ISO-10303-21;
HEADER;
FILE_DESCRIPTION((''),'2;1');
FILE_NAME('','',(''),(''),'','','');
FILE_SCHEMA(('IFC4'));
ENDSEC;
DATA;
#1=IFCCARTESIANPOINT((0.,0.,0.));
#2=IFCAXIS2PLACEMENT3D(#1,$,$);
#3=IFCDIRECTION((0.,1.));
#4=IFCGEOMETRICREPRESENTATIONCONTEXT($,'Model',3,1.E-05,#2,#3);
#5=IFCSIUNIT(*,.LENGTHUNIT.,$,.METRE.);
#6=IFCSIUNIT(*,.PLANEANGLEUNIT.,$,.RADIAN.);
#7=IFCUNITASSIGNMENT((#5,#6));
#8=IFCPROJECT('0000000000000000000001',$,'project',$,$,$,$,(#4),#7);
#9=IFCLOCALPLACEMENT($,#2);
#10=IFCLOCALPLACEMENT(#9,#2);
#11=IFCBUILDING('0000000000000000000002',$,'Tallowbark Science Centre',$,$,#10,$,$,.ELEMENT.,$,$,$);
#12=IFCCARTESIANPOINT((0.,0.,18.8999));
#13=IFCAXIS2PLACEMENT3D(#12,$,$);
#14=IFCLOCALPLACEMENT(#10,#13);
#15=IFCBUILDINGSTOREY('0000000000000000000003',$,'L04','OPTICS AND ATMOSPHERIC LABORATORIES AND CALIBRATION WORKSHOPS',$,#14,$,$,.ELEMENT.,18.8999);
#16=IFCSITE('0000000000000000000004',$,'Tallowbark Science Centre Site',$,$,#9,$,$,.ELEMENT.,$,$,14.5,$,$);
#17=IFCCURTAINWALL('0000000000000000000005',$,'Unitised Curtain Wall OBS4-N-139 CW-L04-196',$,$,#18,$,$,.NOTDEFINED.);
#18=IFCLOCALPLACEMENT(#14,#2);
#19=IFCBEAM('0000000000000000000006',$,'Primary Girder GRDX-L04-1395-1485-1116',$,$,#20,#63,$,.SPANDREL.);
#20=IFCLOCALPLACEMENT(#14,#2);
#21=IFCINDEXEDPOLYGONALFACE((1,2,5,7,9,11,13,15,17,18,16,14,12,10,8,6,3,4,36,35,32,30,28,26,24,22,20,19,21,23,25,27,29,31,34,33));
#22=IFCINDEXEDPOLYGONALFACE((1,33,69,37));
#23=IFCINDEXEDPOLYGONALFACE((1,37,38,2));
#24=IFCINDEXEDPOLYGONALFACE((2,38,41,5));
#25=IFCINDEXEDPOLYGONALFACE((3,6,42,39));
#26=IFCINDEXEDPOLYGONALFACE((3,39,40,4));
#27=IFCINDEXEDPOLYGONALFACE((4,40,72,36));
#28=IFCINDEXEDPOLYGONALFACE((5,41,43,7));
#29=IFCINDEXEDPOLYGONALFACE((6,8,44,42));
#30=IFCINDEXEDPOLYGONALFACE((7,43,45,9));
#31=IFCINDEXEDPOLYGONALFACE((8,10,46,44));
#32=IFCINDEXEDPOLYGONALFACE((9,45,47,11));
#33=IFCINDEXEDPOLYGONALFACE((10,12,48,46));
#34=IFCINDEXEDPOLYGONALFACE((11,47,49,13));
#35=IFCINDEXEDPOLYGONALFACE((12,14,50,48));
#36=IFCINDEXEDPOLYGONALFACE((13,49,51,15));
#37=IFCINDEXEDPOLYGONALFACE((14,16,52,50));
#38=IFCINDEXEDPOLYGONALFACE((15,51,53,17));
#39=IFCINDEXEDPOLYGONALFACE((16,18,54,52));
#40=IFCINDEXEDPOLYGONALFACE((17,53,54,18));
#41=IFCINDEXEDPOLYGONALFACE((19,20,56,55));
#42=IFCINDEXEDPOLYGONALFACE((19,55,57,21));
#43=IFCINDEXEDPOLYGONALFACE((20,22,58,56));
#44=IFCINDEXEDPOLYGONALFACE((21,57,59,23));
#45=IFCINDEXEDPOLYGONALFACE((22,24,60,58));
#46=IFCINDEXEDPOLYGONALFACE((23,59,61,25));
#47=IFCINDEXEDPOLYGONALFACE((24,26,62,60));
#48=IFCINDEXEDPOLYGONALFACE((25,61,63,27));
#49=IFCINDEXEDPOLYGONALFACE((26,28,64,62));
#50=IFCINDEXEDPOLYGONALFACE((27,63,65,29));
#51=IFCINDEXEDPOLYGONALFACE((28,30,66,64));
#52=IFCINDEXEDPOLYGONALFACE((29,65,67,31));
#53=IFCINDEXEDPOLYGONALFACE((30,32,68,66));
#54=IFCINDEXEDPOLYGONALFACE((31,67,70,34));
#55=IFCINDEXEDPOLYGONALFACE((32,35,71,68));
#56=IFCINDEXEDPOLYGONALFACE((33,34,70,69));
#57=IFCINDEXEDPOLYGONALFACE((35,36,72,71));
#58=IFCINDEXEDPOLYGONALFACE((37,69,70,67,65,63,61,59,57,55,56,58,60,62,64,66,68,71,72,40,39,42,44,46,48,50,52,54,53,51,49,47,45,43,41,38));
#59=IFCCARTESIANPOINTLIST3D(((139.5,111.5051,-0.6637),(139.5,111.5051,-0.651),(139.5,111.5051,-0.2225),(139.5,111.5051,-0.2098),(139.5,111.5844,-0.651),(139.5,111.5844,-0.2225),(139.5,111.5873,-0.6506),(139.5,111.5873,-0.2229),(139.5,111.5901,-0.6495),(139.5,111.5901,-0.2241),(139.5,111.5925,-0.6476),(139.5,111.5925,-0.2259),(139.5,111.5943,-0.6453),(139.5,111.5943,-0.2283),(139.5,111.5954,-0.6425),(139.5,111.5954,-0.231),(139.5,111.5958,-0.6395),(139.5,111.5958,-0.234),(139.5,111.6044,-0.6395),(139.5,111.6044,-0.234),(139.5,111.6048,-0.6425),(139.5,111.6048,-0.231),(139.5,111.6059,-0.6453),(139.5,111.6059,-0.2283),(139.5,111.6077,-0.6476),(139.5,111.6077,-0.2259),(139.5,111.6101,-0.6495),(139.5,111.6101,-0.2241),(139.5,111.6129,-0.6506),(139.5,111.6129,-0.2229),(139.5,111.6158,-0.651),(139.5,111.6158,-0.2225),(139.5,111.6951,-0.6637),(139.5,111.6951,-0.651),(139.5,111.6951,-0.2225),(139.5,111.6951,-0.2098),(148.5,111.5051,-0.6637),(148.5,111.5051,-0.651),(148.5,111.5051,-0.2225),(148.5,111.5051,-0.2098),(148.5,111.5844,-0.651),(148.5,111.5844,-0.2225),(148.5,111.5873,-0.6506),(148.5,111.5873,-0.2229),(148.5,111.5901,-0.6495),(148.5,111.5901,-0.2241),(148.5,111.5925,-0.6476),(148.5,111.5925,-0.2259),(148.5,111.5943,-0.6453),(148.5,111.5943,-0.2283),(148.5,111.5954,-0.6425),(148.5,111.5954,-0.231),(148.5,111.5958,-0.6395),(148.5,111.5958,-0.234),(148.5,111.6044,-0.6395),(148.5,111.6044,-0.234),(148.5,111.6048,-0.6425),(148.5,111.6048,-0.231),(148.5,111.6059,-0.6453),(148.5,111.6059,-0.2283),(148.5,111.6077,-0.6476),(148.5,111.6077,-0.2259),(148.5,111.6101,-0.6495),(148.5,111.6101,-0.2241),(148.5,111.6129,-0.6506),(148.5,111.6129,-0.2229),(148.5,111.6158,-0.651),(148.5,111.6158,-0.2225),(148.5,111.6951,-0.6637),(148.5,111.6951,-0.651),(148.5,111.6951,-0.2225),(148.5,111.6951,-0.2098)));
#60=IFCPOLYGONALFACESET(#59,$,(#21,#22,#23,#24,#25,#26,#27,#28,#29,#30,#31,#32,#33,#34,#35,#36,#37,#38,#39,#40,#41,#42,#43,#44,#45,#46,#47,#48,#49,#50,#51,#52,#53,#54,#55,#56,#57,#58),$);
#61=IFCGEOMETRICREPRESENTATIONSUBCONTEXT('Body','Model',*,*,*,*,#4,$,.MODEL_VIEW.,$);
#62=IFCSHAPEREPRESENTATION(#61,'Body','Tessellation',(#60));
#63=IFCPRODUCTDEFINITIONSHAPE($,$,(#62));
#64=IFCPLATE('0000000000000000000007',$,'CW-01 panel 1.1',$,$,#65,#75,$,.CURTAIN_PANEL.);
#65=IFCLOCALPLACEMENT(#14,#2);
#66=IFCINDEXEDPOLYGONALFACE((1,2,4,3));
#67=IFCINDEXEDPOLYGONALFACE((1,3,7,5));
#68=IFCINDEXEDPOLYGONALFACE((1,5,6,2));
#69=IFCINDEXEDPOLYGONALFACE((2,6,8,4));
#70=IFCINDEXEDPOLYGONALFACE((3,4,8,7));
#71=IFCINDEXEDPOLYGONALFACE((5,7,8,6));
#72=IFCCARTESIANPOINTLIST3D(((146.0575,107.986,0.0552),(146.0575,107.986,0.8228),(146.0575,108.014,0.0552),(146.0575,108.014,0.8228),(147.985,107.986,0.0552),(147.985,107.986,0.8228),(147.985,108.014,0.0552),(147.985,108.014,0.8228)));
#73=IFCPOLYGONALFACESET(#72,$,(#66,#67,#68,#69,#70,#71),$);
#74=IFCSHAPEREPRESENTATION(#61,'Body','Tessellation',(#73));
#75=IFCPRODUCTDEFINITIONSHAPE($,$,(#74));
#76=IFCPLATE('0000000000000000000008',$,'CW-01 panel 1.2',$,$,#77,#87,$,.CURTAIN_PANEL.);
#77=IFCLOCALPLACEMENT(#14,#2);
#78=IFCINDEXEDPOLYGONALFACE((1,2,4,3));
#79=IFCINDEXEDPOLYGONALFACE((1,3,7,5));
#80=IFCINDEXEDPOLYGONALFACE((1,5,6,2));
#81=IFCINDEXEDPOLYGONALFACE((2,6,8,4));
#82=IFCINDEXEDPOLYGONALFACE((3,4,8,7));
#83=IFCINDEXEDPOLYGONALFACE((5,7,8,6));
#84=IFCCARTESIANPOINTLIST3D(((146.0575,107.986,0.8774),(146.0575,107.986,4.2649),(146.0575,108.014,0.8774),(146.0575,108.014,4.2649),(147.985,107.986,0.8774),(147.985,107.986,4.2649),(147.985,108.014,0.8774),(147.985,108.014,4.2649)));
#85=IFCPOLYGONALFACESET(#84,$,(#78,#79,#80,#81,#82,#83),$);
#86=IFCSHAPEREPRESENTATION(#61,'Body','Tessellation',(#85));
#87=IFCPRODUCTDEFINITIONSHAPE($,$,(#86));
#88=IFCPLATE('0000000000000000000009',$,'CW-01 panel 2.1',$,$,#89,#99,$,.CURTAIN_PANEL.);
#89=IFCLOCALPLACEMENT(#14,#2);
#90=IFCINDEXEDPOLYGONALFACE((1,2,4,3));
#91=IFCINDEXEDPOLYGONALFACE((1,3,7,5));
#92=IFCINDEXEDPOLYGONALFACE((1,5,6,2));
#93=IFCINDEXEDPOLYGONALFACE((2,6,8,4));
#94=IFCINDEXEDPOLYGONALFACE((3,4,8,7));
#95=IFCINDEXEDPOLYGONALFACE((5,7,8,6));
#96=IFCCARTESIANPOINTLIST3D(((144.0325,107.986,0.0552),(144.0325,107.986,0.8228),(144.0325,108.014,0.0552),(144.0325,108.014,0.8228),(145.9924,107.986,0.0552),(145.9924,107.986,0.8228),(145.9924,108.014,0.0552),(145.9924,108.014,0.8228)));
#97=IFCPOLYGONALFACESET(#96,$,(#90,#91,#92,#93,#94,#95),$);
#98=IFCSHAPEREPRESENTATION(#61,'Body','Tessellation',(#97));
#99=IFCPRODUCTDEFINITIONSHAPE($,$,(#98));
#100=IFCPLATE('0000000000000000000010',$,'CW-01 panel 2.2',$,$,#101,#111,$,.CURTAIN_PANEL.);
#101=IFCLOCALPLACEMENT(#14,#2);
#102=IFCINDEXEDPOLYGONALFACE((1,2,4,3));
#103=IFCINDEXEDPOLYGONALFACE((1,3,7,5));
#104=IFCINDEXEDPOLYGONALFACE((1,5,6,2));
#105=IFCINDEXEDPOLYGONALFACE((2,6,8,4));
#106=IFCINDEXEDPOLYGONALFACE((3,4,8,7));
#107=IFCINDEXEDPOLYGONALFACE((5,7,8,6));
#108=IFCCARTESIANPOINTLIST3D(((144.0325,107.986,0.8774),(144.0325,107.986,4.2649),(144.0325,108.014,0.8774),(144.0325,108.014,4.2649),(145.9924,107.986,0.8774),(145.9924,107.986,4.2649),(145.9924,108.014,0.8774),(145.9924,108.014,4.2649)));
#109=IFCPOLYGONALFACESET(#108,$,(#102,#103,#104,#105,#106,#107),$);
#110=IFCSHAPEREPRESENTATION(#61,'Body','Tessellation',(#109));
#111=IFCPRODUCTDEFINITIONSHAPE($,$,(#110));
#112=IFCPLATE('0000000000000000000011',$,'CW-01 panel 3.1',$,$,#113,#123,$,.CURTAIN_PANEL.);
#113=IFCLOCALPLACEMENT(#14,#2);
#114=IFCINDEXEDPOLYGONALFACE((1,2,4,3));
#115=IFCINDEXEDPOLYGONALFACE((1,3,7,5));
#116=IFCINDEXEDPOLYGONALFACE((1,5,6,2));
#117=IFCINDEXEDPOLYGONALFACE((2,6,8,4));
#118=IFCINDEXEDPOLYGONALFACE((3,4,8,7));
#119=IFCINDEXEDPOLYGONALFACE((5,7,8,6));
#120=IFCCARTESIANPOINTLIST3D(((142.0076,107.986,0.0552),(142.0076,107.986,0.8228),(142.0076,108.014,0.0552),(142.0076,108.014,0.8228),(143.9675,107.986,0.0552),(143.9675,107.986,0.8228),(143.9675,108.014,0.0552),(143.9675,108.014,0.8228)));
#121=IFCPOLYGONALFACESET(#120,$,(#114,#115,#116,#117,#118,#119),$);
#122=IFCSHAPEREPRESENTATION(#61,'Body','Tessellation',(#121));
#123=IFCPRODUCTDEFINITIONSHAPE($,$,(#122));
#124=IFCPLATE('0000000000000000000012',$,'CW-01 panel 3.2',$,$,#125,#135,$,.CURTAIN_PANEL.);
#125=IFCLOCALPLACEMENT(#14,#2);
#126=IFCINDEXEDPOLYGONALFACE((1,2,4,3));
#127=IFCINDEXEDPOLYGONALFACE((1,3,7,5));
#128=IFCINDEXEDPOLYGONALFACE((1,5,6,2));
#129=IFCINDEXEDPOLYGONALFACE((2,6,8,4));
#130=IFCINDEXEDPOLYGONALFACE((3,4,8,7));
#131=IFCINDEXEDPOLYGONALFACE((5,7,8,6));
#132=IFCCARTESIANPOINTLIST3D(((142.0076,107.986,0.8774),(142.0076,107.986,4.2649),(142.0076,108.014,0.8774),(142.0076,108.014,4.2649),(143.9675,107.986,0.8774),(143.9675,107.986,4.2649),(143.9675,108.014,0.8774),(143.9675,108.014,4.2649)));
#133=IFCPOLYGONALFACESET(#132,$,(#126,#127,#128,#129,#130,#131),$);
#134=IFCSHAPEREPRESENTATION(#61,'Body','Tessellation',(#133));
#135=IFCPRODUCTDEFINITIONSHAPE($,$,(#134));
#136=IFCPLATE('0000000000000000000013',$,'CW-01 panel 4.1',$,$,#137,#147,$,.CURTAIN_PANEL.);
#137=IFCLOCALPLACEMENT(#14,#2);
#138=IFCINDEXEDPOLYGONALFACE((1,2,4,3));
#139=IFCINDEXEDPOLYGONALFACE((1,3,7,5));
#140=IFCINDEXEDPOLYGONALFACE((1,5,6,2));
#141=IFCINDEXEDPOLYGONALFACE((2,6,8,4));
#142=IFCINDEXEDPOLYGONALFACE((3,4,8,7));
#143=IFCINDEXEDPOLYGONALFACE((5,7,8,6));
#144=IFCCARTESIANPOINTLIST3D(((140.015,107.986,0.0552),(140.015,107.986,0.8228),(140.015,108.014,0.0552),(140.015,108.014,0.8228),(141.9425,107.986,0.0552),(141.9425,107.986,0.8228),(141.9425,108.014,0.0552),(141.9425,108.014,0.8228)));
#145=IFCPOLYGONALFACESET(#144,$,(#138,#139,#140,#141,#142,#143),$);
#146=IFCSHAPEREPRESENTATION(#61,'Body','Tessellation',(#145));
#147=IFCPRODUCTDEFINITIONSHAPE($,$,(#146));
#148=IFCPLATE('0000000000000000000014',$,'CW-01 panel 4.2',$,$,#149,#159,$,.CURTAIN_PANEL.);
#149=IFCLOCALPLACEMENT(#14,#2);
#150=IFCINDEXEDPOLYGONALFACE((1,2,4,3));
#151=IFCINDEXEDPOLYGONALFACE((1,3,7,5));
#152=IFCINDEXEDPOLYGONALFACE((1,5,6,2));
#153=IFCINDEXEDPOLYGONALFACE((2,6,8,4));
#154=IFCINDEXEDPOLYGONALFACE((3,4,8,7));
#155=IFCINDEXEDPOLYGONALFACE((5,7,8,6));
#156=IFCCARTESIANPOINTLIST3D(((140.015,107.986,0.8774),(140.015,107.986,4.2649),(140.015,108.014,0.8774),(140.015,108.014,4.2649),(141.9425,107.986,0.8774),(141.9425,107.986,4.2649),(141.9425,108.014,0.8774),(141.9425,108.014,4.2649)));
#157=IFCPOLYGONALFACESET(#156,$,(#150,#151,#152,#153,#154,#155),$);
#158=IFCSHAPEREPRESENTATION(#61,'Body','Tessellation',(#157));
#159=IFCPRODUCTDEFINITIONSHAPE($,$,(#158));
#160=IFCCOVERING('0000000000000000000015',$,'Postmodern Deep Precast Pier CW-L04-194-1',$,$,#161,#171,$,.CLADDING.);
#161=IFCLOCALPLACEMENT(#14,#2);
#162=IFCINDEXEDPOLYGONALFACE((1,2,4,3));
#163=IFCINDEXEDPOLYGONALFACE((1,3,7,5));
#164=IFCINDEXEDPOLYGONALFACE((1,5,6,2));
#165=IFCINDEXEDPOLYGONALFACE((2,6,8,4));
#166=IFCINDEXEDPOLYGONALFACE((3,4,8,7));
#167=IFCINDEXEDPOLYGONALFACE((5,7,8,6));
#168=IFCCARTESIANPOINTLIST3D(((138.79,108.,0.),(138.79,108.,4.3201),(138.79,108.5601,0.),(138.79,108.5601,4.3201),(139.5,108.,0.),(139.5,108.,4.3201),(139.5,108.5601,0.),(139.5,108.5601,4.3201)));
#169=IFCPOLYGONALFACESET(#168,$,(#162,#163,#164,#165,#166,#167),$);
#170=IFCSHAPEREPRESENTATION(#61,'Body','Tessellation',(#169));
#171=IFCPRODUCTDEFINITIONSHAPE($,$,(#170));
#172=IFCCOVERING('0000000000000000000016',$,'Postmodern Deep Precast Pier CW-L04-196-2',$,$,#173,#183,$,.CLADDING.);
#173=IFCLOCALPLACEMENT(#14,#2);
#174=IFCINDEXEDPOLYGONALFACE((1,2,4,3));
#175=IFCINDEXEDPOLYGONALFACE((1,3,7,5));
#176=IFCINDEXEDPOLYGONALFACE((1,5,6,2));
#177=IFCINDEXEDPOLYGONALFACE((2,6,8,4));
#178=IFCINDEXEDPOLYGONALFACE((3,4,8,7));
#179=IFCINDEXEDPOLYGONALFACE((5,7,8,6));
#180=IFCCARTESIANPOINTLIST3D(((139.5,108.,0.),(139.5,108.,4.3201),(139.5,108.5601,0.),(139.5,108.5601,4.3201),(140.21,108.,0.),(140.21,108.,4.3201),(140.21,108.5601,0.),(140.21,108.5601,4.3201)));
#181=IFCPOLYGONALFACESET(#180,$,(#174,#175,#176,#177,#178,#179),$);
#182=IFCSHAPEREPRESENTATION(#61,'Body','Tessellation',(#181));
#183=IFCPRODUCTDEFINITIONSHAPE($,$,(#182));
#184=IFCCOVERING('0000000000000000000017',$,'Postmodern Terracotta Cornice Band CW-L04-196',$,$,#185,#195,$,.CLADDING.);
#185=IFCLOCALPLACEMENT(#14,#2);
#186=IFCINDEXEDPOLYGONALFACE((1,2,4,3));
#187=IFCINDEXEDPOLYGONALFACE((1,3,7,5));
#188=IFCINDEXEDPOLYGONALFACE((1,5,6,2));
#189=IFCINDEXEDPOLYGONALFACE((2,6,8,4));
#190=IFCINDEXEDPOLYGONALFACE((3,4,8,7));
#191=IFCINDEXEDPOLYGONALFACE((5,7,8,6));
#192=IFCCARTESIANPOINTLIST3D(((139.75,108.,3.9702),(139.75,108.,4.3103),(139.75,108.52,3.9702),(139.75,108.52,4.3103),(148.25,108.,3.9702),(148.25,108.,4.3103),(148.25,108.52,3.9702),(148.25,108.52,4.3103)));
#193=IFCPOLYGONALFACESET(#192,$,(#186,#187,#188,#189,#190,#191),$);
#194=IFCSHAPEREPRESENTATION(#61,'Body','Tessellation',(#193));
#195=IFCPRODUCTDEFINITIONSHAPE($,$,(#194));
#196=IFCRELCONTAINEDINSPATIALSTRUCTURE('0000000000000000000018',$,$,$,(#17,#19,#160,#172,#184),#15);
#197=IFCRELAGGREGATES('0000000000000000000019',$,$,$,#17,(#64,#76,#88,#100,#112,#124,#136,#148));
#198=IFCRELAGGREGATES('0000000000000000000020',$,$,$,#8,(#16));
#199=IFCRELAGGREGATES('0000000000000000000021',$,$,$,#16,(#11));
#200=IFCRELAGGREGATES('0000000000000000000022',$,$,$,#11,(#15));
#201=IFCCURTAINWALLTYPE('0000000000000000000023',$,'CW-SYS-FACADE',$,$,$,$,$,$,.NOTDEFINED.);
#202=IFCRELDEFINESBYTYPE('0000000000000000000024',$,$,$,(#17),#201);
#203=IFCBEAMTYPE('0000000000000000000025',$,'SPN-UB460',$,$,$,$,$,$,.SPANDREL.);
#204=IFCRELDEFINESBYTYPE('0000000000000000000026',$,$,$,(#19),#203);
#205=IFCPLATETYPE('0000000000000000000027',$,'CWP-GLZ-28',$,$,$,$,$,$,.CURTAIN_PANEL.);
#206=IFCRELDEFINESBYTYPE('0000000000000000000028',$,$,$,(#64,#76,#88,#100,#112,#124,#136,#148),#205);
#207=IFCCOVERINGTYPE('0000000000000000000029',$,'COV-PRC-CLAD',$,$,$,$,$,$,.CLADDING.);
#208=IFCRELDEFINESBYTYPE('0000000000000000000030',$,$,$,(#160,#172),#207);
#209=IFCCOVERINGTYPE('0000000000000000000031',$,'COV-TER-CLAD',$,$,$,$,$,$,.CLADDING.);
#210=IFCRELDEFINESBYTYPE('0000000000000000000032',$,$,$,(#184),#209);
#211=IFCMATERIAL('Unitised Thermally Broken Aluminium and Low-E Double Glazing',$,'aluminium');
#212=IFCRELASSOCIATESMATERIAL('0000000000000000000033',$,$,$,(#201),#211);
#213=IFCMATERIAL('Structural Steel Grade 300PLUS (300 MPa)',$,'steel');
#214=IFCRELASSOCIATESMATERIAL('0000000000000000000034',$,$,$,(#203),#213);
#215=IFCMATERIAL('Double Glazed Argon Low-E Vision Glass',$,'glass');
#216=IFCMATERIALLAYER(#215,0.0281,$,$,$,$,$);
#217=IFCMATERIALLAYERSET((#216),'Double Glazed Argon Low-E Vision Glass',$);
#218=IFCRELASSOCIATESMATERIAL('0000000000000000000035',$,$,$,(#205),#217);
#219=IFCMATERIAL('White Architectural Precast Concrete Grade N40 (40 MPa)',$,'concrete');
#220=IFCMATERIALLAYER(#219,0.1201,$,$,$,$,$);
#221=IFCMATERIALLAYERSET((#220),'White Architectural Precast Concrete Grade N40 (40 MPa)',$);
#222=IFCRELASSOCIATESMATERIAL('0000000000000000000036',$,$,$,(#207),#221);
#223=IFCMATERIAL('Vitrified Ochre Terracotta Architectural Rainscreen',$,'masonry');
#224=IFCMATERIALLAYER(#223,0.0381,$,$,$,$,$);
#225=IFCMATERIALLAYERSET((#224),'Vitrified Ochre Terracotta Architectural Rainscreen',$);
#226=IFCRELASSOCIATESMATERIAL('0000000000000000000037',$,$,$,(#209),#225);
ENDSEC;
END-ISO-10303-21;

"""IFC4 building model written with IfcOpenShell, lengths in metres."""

from ifc_helpers import new_model, si_unit, direction, frame, origin, origin_2d, place, context, subcontext, project, spatial, rectangle, i_section, extrude, material, layer, layer_set, material_profile, profile_set, type_object, element, aggregate, save


model = new_model("IFC4")

# Units and contexts
model_context = context("Model", 3, precision=1e-05, world=origin(), true_north=direction((0.0, 1.0)))
body_context = subcontext(model_context, "Body", "Model", "MODEL_VIEW")
ifc_project = project(units=[si_unit("LENGTHUNIT", "METRE"), si_unit("PLANEANGLEUNIT", "RADIAN")], contexts=[model_context])

# Site, building, storey
site_placement = place(None, origin())
site = spatial("IfcSite", under=ifc_project, at=site_placement, Name="Tallowbark Science Centre Site", CompositionType="ELEMENT", RefElevation=14.5)
building_placement = place(site_placement, origin())
building = spatial("IfcBuilding", under=site, at=building_placement, Name="Tallowbark Science Centre", CompositionType="ELEMENT")
storey_placement = place(building_placement, frame((0.0, 0.0, 18.8999)))
storey = spatial("IfcBuildingStorey", under=building, at=storey_placement, Name="L04", Description="OPTICS AND ATMOSPHERIC LABORATORIES AND CALIBRATION WORKSHOPS", CompositionType="ELEMENT", Elevation=18.8999)

# Curtain wall
ifc_material_1 = material(Name="Unitised Thermally Broken Aluminium and Low-E Double Glazing", Category="aluminium")
curtain_wall_type = type_object("IfcCurtainWallType", Name="CW-SYS-FACADE", PredefinedType="NOTDEFINED", material=ifc_material_1)
curtain_wall_placement = place(storey_placement, origin())
curtain_wall = element("IfcCurtainWall", 1, at=curtain_wall_placement, inside=storey, type_object=curtain_wall_type, Name="Unitised Curtain Wall OBS4-N-139 CW-L04-196", PredefinedType="NOTDEFINED")

# Beam
ifc_material_2 = material(Name="Structural Steel Grade 300PLUS (300 MPa)", Category="steel")
ifc_material_profile_1 = material_profile(ifc_material_2, i_section(OverallWidth=0.1899, OverallDepth=0.4539, WebThickness=0.0085, FlangeThickness=0.0127, FilletRadius=0.0115, at=origin_2d()), Name="460UB67.1")
ifc_profile_set_1 = profile_set([ifc_material_profile_1], Name="Structural Steel Grade 300PLUS (300 MPa)")
beam_type = type_object("IfcBeamType", Name="SPN-UB460", PredefinedType="SPANDREL", material=ifc_profile_set_1)
beam_placement = place(storey_placement, frame((139.5, 111.6001, -0.4368), z_axis=(1.0, 0.0, 0.0), x_axis=(0.0, 1.0, 0.0)))
element("IfcBeam", 2, at=beam_placement, inside=storey, type_object=beam_type, Name="Primary Girder GRDX-L04-1395-1485-1116", PredefinedType="SPANDREL", context=body_context, shape_type="SweptSolid", body=[
    extrude(i_section(OverallWidth=0.1899, OverallDepth=0.4539, WebThickness=0.0085, FlangeThickness=0.0127, FilletRadius=0.0115, at=origin_2d()), origin(), (0.0, 0.0, 1.0), 9.0),
])

# Plates
ifc_material_3 = material(Name="Double Glazed Argon Low-E Vision Glass", Category="glass")
ifc_layer_1 = layer(ifc_material_3, 0.0281)
ifc_layer_set_1 = layer_set([ifc_layer_1], Name="Double Glazed Argon Low-E Vision Glass")
plate_type = type_object("IfcPlateType", Name="CWP-GLZ-28", PredefinedType="CURTAIN_PANEL", material=ifc_layer_set_1)
plate_1_placement = place(storey_placement, frame((147.0212, 108.0, 0.0552), z_axis=(0.0, 0.0, 1.0), x_axis=(-1.0, 0.0, 0.0)))
plate_1 = element("IfcPlate", 3, at=plate_1_placement, type_object=plate_type, Name="CW-01 panel 1.1", PredefinedType="CURTAIN_PANEL", context=body_context, shape_type="SweptSolid", body=[
    extrude(rectangle(XDim=1.9275, YDim=0.0281, at=origin_2d()), origin(), (0.0, 0.0, 1.0), 0.7676),
])
plate_2_placement = place(storey_placement, frame((147.0212, 108.0, 0.8774), z_axis=(0.0, 0.0, 1.0), x_axis=(-1.0, 0.0, 0.0)))
plate_2 = element("IfcPlate", 4, at=plate_2_placement, type_object=plate_type, Name="CW-01 panel 1.2", PredefinedType="CURTAIN_PANEL", context=body_context, shape_type="SweptSolid", body=[
    extrude(rectangle(XDim=1.9275, YDim=0.0281, at=origin_2d()), origin(), (0.0, 0.0, 1.0), 3.3875),
])
plate_3_placement = place(storey_placement, frame((145.0125, 108.0, 0.0552), z_axis=(0.0, 0.0, 1.0), x_axis=(-1.0, 0.0, 0.0)))
plate_3 = element("IfcPlate", 5, at=plate_3_placement, type_object=plate_type, Name="CW-01 panel 2.1", PredefinedType="CURTAIN_PANEL", context=body_context, shape_type="SweptSolid", body=[
    extrude(rectangle(XDim=1.96, YDim=0.0281, at=origin_2d()), origin(), (0.0, 0.0, 1.0), 0.7676),
])
plate_4_placement = place(storey_placement, frame((145.0125, 108.0, 0.8774), z_axis=(0.0, 0.0, 1.0), x_axis=(-1.0, 0.0, 0.0)))
plate_4 = element("IfcPlate", 6, at=plate_4_placement, type_object=plate_type, Name="CW-01 panel 2.2", PredefinedType="CURTAIN_PANEL", context=body_context, shape_type="SweptSolid", body=[
    extrude(rectangle(XDim=1.96, YDim=0.0281, at=origin_2d()), origin(), (0.0, 0.0, 1.0), 3.3875),
])
plate_5_placement = place(storey_placement, frame((142.9875, 108.0, 0.0552), z_axis=(0.0, 0.0, 1.0), x_axis=(-1.0, 0.0, 0.0)))
plate_5 = element("IfcPlate", 7, at=plate_5_placement, type_object=plate_type, Name="CW-01 panel 3.1", PredefinedType="CURTAIN_PANEL", context=body_context, shape_type="SweptSolid", body=[
    extrude(rectangle(XDim=1.96, YDim=0.0281, at=origin_2d()), origin(), (0.0, 0.0, 1.0), 0.7676),
])
plate_6_placement = place(storey_placement, frame((142.9875, 108.0, 0.8774), z_axis=(0.0, 0.0, 1.0), x_axis=(-1.0, 0.0, 0.0)))
plate_6 = element("IfcPlate", 8, at=plate_6_placement, type_object=plate_type, Name="CW-01 panel 3.2", PredefinedType="CURTAIN_PANEL", context=body_context, shape_type="SweptSolid", body=[
    extrude(rectangle(XDim=1.96, YDim=0.0281, at=origin_2d()), origin(), (0.0, 0.0, 1.0), 3.3875),
])
plate_7_placement = place(storey_placement, frame((140.9788, 108.0, 0.0552), z_axis=(0.0, 0.0, 1.0), x_axis=(-1.0, 0.0, 0.0)))
plate_7 = element("IfcPlate", 9, at=plate_7_placement, type_object=plate_type, Name="CW-01 panel 4.1", PredefinedType="CURTAIN_PANEL", context=body_context, shape_type="SweptSolid", body=[
    extrude(rectangle(XDim=1.9275, YDim=0.0281, at=origin_2d()), origin(), (0.0, 0.0, 1.0), 0.7676),
])
plate_8_placement = place(storey_placement, frame((140.9788, 108.0, 0.8774), z_axis=(0.0, 0.0, 1.0), x_axis=(-1.0, 0.0, 0.0)))
plate_8 = element("IfcPlate", 10, at=plate_8_placement, type_object=plate_type, Name="CW-01 panel 4.2", PredefinedType="CURTAIN_PANEL", context=body_context, shape_type="SweptSolid", body=[
    extrude(rectangle(XDim=1.9275, YDim=0.0281, at=origin_2d()), origin(), (0.0, 0.0, 1.0), 3.3875),
])
aggregate(curtain_wall, [plate_1, plate_2, plate_3, plate_4, plate_5, plate_6, plate_7, plate_8])

# Coverings
ifc_material_4 = material(Name="White Architectural Precast Concrete Grade N40 (40 MPa)", Category="concrete")
ifc_layer_2 = layer(ifc_material_4, 0.1201)
ifc_layer_set_2 = layer_set([ifc_layer_2], Name="White Architectural Precast Concrete Grade N40 (40 MPa)")
covering_type_1 = type_object("IfcCoveringType", Name="COV-PRC-CLAD", PredefinedType="CLADDING", material=ifc_layer_set_2)
for number, where, z_axis, x_axis, name in (
    (11, (139.145, 108.28, 0.0), (0.0, 0.0, 1.0), (-1.0, 0.0, 0.0), "Postmodern Deep Precast Pier CW-L04-194-1"),
    (12, (139.855, 108.28, 0.0), (0.0, 0.0, 1.0), (-1.0, 0.0, 0.0), "Postmodern Deep Precast Pier CW-L04-196-2"),
):
    element("IfcCovering", number, at=place(storey_placement, frame(where, z_axis=z_axis, x_axis=x_axis)), inside=storey, type_object=covering_type_1, Name=name, PredefinedType="CLADDING", context=body_context, shape_type="SweptSolid", body=[
        extrude(rectangle(XDim=0.71, YDim=0.5601, at=origin_2d()), origin(), (0.0, 0.0, 1.0), 4.3201),
    ])
ifc_material_5 = material(Name="Vitrified Ochre Terracotta Architectural Rainscreen", Category="masonry")
ifc_layer_3 = layer(ifc_material_5, 0.0381)
ifc_layer_set_3 = layer_set([ifc_layer_3], Name="Vitrified Ochre Terracotta Architectural Rainscreen")
covering_type_2 = type_object("IfcCoveringType", Name="COV-TER-CLAD", PredefinedType="CLADDING", material=ifc_layer_set_3)
covering_placement = place(storey_placement, frame((144.0, 108.26, 3.9702), z_axis=(0.0, 0.0, 1.0), x_axis=(-1.0, 0.0, 0.0)))
element("IfcCovering", 13, at=covering_placement, inside=storey, type_object=covering_type_2, Name="Postmodern Terracotta Cornice Band CW-L04-196", PredefinedType="CLADDING", context=body_context, shape_type="SweptSolid", body=[
    extrude(rectangle(XDim=8.5, YDim=0.52, at=origin_2d()), origin(), (0.0, 0.0, 1.0), 0.3401),
])

save(model, "model.ifc")
